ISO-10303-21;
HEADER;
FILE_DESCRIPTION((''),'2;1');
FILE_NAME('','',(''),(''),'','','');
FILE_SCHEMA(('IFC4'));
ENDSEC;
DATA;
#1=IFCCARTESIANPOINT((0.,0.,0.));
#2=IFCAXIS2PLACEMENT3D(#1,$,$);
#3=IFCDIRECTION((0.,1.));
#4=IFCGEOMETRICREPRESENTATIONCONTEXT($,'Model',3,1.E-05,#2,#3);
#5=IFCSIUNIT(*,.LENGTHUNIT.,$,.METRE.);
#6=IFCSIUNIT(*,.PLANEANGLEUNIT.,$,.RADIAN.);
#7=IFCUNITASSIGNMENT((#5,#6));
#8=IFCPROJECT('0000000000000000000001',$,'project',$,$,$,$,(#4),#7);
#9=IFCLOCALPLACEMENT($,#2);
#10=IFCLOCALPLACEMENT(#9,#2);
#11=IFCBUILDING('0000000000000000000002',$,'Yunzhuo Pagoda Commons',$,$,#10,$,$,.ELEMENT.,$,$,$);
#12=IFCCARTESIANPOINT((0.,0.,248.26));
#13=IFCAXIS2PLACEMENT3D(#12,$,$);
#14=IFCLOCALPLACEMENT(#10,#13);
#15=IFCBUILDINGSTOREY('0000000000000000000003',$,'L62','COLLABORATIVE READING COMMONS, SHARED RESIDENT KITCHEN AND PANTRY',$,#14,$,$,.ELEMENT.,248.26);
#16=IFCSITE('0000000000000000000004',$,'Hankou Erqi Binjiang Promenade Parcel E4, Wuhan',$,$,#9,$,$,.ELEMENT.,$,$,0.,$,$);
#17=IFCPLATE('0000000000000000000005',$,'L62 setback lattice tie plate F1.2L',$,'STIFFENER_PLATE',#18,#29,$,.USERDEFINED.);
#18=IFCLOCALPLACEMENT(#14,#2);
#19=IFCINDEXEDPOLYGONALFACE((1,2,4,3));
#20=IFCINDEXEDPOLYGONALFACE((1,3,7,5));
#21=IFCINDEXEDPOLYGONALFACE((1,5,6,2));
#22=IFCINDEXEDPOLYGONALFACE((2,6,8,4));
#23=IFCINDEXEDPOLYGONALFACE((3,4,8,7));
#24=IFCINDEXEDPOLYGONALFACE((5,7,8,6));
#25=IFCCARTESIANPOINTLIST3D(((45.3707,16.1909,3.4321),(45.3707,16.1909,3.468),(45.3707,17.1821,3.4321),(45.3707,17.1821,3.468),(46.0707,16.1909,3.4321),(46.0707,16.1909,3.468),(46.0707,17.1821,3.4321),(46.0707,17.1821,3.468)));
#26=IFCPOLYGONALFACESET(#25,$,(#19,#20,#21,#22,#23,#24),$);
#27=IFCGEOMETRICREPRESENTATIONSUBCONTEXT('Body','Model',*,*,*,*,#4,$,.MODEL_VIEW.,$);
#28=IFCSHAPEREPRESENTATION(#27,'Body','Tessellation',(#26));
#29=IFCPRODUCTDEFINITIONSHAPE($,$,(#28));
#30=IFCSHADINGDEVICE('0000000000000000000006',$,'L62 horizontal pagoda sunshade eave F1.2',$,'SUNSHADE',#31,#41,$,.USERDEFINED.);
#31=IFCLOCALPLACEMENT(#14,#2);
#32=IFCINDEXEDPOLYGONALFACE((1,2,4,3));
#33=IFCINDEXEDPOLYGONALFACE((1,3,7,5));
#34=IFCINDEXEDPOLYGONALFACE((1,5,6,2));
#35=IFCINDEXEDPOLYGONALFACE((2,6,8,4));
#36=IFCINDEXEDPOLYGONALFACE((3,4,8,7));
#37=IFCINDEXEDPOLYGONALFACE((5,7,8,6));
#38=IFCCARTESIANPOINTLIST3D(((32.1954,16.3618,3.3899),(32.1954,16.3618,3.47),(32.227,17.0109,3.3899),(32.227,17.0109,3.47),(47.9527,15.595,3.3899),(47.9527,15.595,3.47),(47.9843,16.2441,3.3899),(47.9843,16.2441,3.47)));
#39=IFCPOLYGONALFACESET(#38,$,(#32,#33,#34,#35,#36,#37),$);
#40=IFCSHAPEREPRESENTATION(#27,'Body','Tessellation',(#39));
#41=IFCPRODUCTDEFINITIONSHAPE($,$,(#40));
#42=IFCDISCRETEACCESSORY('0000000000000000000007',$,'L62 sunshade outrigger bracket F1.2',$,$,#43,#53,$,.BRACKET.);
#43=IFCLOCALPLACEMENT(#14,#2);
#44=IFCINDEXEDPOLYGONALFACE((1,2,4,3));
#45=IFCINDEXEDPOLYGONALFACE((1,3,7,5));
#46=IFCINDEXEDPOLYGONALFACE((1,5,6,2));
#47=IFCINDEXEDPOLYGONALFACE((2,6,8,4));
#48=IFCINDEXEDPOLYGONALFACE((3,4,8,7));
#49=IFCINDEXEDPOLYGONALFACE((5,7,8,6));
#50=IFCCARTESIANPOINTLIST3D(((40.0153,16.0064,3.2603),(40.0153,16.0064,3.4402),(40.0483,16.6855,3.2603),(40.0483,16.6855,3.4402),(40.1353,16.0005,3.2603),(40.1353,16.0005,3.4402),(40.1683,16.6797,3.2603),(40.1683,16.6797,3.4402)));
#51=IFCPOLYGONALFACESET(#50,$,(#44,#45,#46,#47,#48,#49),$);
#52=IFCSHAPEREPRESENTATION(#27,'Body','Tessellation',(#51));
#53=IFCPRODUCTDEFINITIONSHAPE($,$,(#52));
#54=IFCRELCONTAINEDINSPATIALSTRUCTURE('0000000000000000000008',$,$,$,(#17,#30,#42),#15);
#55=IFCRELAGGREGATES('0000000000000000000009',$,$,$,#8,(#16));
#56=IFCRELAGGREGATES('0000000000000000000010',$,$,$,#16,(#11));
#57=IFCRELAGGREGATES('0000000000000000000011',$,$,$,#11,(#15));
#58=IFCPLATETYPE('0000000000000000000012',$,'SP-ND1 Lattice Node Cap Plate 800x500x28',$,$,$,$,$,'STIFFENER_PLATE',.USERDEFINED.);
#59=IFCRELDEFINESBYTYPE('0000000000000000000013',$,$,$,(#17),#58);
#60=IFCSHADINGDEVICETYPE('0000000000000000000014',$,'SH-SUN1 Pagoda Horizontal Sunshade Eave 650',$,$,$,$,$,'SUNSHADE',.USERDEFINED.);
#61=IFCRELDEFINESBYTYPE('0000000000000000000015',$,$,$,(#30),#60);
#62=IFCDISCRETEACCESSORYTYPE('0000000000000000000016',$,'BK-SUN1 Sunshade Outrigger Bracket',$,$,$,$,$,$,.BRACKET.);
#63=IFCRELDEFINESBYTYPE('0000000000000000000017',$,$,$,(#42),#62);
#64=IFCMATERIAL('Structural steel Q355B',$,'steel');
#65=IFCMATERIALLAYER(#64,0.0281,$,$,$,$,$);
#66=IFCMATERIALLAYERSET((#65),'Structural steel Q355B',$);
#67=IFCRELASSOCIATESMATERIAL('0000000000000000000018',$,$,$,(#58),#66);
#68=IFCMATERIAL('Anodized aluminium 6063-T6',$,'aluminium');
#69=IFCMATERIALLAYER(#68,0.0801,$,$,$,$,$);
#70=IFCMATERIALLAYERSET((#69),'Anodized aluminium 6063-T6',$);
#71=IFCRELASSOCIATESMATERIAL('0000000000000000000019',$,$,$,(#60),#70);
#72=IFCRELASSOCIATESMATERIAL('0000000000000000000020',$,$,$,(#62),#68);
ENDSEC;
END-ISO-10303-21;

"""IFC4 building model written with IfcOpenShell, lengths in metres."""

from ifc_helpers import new_model, si_unit, direction, frame, origin, origin_2d, place, context, subcontext, project, spatial, rectangle, extrude, source, transform, mapped, material, layer, layer_set, type_object, element, save


model = new_model("IFC4")

# Units and contexts
model_context = context("Model", 3, precision=1e-05, world=origin(), true_north=direction((0.0, 1.0)))
body_context = subcontext(model_context, "Body", "Model", "MODEL_VIEW")
ifc_project = project(units=[si_unit("LENGTHUNIT", "METRE"), si_unit("PLANEANGLEUNIT", "RADIAN")], contexts=[model_context])

# Site, building, storey
site_placement = place(None, origin())
site = spatial("IfcSite", under=ifc_project, at=site_placement, Name="Hankou Erqi Binjiang Promenade Parcel E4, Wuhan", CompositionType="ELEMENT", RefElevation=0.0)
building_placement = place(site_placement, origin())
building = spatial("IfcBuilding", under=site, at=building_placement, Name="Yunzhuo Pagoda Commons", CompositionType="ELEMENT")
storey_placement = place(building_placement, frame((0.0, 0.0, 248.26)))
storey = spatial("IfcBuildingStorey", under=building, at=storey_placement, Name="L62", Description="COLLABORATIVE READING COMMONS, SHARED RESIDENT KITCHEN AND PANTRY", CompositionType="ELEMENT", Elevation=248.26)

# Shared definitions
ifc_material_1 = material(Name="Structural steel Q355B", Category="steel")

# Shared definitions
ifc_material_2 = material(Name="Anodized aluminium 6063-T6", Category="aluminium")

# Plate
ifc_layer_1 = layer(ifc_material_1, 0.0281)
ifc_layer_set_1 = layer_set([ifc_layer_1], Name="Structural steel Q355B")
plate_type_1 = type_object("IfcPlateType", Name="SP-ND1 Lattice Node Cap Plate 800x500x28", ElementType="STIFFENER_PLATE", PredefinedType="USERDEFINED", material=ifc_layer_set_1)
shared_shape_1 = source(origin(), body_context, "Body", "SweptSolid", [
    extrude(rectangle(XDim=0.7, YDim=0.9912, at=origin_2d()), origin(), (0.0, 0.0, 1.0), 0.0359),
])
plate_1_placement = place(storey_placement, frame((45.7207, 16.6865, 3.4321), z_axis=(0.0, 0.0, 1.0), x_axis=(1.0, 0.0, 0.0)))
element("IfcPlate", 1, at=plate_1_placement, inside=storey, type_object=plate_type_1, Name="L62 setback lattice tie plate F1.2L", ObjectType="STIFFENER_PLATE", PredefinedType="USERDEFINED", context=body_context, shape_type="MappedRepresentation", body=[
    mapped(shared_shape_1, transform((0.0, 0.0, 0.0), scale=1.0)),
])

# Shading device
ifc_layer_2 = layer(ifc_material_2, 0.0801)
ifc_layer_set_2 = layer_set([ifc_layer_2], Name="Anodized aluminium 6063-T6")
shading_device_type = type_object("IfcShadingDeviceType", Name="SH-SUN1 Pagoda Horizontal Sunshade Eave 650", ElementType="SUNSHADE", PredefinedType="USERDEFINED", material=ifc_layer_set_2)
shared_shape_2 = source(origin(), body_context, "Body", "SweptSolid", [
    extrude(rectangle(XDim=15.7759, YDim=0.6499, at=origin_2d()), origin(), (0.0, 0.0, 1.0), 0.0801),
])
shading_device_placement = place(storey_placement, frame((40.0898, 16.303, 3.3899), z_axis=(0.0, 0.0, 1.0), x_axis=(0.998818, -0.048606, 0.0)))
element("IfcShadingDevice", 2, at=shading_device_placement, inside=storey, type_object=shading_device_type, Name="L62 horizontal pagoda sunshade eave F1.2", ObjectType="SUNSHADE", PredefinedType="USERDEFINED", context=body_context, shape_type="MappedRepresentation", body=[
    mapped(shared_shape_2, transform((0.0, 0.0, 0.0), scale=1.0)),
])

# Discrete accessory
discrete_accessory_type = type_object("IfcDiscreteAccessoryType", Name="BK-SUN1 Sunshade Outrigger Bracket", PredefinedType="BRACKET", material=ifc_material_2)
shared_shape_3 = source(origin(), body_context, "Body", "SweptSolid", [
    extrude(rectangle(XDim=0.1201, YDim=0.6799, at=origin_2d()), origin(), (0.0, 0.0, 1.0), 0.1799),
])
discrete_accessory_placement = place(storey_placement, frame((40.0918, 16.343, 3.2603), z_axis=(0.0, 0.0, 1.0), x_axis=(0.998818, -0.048606, 0.0)))
element("IfcDiscreteAccessory", 3, at=discrete_accessory_placement, inside=storey, type_object=discrete_accessory_type, Name="L62 sunshade outrigger bracket F1.2", PredefinedType="BRACKET", context=body_context, shape_type="MappedRepresentation", body=[
    mapped(shared_shape_3, transform((0.0, 0.0, 0.0), scale=1.0)),
])

save(model, "model.ifc")
